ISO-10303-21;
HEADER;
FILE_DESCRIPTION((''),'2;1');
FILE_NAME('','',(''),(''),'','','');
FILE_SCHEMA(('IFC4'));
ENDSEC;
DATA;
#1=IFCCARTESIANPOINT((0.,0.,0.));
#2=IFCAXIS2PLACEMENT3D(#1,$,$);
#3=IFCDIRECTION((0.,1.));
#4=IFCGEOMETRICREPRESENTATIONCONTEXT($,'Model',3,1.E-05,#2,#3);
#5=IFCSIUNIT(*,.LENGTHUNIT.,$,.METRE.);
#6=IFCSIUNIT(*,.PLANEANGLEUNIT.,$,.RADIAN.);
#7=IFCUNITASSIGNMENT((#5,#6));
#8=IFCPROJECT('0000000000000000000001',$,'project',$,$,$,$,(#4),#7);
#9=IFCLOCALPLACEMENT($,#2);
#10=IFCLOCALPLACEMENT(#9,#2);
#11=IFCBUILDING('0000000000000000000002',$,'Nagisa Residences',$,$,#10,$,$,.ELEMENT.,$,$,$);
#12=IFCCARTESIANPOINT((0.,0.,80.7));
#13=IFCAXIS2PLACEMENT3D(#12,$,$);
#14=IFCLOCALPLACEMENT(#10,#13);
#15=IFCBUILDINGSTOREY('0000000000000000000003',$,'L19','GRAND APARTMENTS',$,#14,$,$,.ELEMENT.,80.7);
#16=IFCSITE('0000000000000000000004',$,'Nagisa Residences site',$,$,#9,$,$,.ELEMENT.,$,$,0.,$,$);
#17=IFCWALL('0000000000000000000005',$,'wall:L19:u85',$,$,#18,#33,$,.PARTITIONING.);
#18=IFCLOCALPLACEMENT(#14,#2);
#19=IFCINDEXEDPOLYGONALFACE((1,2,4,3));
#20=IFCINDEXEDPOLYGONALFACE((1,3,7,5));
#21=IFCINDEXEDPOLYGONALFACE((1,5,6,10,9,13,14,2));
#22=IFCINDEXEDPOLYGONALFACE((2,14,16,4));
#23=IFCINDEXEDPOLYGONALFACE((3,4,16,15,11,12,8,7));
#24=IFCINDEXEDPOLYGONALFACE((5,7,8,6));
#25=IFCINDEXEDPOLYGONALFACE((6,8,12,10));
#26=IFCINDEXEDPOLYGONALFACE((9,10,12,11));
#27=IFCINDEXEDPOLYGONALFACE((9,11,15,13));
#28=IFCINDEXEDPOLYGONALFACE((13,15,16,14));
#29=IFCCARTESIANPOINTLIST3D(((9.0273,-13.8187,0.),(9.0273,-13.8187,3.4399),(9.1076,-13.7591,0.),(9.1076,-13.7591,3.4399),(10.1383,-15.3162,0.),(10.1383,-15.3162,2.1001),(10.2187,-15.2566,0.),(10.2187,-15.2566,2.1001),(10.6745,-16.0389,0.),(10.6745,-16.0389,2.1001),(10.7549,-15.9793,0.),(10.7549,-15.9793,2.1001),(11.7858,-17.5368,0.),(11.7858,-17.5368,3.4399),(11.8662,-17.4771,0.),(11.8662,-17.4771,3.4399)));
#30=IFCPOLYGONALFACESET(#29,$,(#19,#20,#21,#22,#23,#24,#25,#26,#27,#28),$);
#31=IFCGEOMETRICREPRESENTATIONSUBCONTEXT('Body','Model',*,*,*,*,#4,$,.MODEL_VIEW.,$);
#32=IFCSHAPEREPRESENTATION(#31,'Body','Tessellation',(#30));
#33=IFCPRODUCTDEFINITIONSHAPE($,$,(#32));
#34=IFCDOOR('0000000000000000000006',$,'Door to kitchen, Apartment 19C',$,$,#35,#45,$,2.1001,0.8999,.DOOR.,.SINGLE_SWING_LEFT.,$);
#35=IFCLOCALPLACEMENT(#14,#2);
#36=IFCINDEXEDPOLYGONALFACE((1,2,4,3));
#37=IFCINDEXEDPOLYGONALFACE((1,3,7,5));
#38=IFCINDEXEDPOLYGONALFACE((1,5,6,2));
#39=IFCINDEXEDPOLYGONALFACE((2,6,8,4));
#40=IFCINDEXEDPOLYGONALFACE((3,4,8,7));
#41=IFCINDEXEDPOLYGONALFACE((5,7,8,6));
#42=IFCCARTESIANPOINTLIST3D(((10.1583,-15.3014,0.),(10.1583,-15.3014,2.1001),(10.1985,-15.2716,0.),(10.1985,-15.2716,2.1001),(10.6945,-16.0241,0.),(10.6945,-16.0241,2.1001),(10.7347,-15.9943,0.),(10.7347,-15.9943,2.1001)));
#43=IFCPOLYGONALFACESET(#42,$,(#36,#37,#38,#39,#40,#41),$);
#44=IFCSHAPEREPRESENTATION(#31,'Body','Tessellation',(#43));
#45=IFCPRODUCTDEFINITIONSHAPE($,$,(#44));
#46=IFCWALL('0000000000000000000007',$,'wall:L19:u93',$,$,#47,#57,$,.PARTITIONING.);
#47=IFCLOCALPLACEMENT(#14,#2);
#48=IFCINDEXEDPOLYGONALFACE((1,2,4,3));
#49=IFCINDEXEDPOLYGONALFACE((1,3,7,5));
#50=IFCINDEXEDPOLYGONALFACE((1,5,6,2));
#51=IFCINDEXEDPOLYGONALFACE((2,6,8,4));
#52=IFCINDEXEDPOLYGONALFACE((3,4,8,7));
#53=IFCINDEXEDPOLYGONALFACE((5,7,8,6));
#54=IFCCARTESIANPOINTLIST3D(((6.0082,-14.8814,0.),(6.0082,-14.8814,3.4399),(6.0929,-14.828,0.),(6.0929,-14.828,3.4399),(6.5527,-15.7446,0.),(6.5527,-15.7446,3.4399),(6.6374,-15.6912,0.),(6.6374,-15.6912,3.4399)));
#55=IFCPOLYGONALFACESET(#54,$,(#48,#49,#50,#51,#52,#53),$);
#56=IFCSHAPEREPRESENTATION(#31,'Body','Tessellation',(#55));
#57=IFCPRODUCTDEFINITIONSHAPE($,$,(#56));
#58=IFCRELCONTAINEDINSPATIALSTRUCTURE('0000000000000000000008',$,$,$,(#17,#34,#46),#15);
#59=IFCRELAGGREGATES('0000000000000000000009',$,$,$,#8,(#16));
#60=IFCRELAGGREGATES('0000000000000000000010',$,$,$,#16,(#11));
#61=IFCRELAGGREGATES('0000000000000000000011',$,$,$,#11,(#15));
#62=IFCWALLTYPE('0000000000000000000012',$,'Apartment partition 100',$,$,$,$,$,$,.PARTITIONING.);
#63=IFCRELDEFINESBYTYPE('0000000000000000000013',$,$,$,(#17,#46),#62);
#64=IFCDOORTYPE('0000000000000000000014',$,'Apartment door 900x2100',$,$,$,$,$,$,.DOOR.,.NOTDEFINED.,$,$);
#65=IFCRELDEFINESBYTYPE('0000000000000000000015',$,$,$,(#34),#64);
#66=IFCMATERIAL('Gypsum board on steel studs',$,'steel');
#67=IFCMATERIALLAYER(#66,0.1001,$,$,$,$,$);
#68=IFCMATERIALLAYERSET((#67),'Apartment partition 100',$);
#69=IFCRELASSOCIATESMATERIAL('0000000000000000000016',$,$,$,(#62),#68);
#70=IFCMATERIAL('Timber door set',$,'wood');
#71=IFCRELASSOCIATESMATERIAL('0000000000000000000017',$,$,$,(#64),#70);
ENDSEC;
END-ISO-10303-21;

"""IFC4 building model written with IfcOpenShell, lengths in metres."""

from ifc_helpers import new_model, si_unit, direction, frame, frame_2d, origin, place, context, subcontext, project, spatial, rectangle, extrude, material, layer, layer_set, type_object, element, fill, save


model = new_model("IFC4")

# Units and contexts
model_context = context("Model", 3, precision=1e-05, world=origin(), true_north=direction((0.0, 1.0)))
body_context = subcontext(model_context, "Body", "Model", "MODEL_VIEW")
ifc_project = project(units=[si_unit("LENGTHUNIT", "METRE"), si_unit("PLANEANGLEUNIT", "RADIAN")], contexts=[model_context])

# Site, building, storey
site_placement = place(None, origin())
site = spatial("IfcSite", under=ifc_project, at=site_placement, Name="Nagisa Residences site", CompositionType="ELEMENT", RefElevation=0.0)
building_placement = place(site_placement, origin())
building = spatial("IfcBuilding", under=site, at=building_placement, Name="Nagisa Residences", CompositionType="ELEMENT")
storey_placement = place(building_placement, frame((0.0, 0.0, 80.7)))
storey = spatial("IfcBuildingStorey", under=building, at=storey_placement, Name="L19", Description="GRAND APARTMENTS", CompositionType="ELEMENT", Elevation=80.7)

# Shared definitions
ifc_material_1 = material(Name="Gypsum board on steel studs", Category="steel")
ifc_layer_1 = layer(ifc_material_1, 0.1001)
ifc_layer_set_1 = layer_set([ifc_layer_1], Name="Apartment partition 100")
wall_type_1 = type_object("IfcWallType", Name="Apartment partition 100", PredefinedType="PARTITIONING", material=ifc_layer_set_1)
ifc_material_2 = material(Name="Timber door set", Category="wood")
door_type_1 = type_object("IfcDoorType", Name="Apartment door 900x2100", OperationType="NOTDEFINED", PredefinedType="DOOR", material=ifc_material_2)

# Wall, opening, door
wall_1_placement = place(storey_placement, frame((9.0674, -13.7888, 0.0), z_axis=(0.0, 0.0, 1.0), x_axis=(0.595849, -0.803096, 0.0)))
wall_1 = element("IfcWall", 1, at=wall_1_placement, inside=storey, type_object=wall_type_1, Name="wall:L19:u85", PredefinedType="PARTITIONING", context=body_context, shape_type="SweptSolid", body=[
    extrude(rectangle(XDim=4.6296, YDim=0.1001, at=frame_2d((2.3149, 0.0))), origin(), (0.0, 0.0, 1.0), 3.4399),
])
opening_1_placement = place(wall_1_placement, frame((1.8647, 0.0, 0.0)))
opening_1 = element("IfcOpeningElement", 2, at=opening_1_placement, cuts=wall_1, PredefinedType="OPENING", context=body_context, shape_type="SweptSolid", body=[
    extrude(rectangle(XDim=0.8999, YDim=2.1001, at=frame_2d((0.45, 1.05))), frame((0.0, 0.0601, 0.0), z_axis=(0.0, -1.0, 0.0), x_axis=(1.0, 0.0, 0.0)), (0.0, 0.0, 1.0), 0.1201),
])
door_1_placement = place(opening_1_placement, origin())
door_1 = element("IfcDoor", 3, at=door_1_placement, inside=storey, type_object=door_type_1, Name="Door to kitchen, Apartment 19C", OperationType="SINGLE_SWING_LEFT", OverallHeight=2.1001, OverallWidth=0.8999, PredefinedType="DOOR", context=body_context, shape_type="SweptSolid", body=[
    extrude(rectangle(XDim=0.8999, YDim=2.1001, at=frame_2d((0.45, 1.05))), frame((0.0, 0.0249, 0.0), z_axis=(0.0, -1.0, 0.0), x_axis=(1.0, 0.0, 0.0)), (0.0, 0.0, 1.0), 0.05),
])
fill(opening_1, door_1)

# Wall
wall_2_placement = place(storey_placement, frame((6.0505, -14.8547, 0.0), z_axis=(0.0, 0.0, 1.0), x_axis=(0.533543, -0.845773, 0.0)))
element("IfcWall", 4, at=wall_2_placement, inside=storey, type_object=wall_type_1, Name="wall:L19:u93", PredefinedType="PARTITIONING", context=body_context, shape_type="SweptSolid", body=[
    extrude(rectangle(XDim=1.0205, YDim=0.1001, at=frame_2d((0.5103, 0.0))), origin(), (0.0, 0.0, 1.0), 3.4399),
])

save(model, "model.ifc")
